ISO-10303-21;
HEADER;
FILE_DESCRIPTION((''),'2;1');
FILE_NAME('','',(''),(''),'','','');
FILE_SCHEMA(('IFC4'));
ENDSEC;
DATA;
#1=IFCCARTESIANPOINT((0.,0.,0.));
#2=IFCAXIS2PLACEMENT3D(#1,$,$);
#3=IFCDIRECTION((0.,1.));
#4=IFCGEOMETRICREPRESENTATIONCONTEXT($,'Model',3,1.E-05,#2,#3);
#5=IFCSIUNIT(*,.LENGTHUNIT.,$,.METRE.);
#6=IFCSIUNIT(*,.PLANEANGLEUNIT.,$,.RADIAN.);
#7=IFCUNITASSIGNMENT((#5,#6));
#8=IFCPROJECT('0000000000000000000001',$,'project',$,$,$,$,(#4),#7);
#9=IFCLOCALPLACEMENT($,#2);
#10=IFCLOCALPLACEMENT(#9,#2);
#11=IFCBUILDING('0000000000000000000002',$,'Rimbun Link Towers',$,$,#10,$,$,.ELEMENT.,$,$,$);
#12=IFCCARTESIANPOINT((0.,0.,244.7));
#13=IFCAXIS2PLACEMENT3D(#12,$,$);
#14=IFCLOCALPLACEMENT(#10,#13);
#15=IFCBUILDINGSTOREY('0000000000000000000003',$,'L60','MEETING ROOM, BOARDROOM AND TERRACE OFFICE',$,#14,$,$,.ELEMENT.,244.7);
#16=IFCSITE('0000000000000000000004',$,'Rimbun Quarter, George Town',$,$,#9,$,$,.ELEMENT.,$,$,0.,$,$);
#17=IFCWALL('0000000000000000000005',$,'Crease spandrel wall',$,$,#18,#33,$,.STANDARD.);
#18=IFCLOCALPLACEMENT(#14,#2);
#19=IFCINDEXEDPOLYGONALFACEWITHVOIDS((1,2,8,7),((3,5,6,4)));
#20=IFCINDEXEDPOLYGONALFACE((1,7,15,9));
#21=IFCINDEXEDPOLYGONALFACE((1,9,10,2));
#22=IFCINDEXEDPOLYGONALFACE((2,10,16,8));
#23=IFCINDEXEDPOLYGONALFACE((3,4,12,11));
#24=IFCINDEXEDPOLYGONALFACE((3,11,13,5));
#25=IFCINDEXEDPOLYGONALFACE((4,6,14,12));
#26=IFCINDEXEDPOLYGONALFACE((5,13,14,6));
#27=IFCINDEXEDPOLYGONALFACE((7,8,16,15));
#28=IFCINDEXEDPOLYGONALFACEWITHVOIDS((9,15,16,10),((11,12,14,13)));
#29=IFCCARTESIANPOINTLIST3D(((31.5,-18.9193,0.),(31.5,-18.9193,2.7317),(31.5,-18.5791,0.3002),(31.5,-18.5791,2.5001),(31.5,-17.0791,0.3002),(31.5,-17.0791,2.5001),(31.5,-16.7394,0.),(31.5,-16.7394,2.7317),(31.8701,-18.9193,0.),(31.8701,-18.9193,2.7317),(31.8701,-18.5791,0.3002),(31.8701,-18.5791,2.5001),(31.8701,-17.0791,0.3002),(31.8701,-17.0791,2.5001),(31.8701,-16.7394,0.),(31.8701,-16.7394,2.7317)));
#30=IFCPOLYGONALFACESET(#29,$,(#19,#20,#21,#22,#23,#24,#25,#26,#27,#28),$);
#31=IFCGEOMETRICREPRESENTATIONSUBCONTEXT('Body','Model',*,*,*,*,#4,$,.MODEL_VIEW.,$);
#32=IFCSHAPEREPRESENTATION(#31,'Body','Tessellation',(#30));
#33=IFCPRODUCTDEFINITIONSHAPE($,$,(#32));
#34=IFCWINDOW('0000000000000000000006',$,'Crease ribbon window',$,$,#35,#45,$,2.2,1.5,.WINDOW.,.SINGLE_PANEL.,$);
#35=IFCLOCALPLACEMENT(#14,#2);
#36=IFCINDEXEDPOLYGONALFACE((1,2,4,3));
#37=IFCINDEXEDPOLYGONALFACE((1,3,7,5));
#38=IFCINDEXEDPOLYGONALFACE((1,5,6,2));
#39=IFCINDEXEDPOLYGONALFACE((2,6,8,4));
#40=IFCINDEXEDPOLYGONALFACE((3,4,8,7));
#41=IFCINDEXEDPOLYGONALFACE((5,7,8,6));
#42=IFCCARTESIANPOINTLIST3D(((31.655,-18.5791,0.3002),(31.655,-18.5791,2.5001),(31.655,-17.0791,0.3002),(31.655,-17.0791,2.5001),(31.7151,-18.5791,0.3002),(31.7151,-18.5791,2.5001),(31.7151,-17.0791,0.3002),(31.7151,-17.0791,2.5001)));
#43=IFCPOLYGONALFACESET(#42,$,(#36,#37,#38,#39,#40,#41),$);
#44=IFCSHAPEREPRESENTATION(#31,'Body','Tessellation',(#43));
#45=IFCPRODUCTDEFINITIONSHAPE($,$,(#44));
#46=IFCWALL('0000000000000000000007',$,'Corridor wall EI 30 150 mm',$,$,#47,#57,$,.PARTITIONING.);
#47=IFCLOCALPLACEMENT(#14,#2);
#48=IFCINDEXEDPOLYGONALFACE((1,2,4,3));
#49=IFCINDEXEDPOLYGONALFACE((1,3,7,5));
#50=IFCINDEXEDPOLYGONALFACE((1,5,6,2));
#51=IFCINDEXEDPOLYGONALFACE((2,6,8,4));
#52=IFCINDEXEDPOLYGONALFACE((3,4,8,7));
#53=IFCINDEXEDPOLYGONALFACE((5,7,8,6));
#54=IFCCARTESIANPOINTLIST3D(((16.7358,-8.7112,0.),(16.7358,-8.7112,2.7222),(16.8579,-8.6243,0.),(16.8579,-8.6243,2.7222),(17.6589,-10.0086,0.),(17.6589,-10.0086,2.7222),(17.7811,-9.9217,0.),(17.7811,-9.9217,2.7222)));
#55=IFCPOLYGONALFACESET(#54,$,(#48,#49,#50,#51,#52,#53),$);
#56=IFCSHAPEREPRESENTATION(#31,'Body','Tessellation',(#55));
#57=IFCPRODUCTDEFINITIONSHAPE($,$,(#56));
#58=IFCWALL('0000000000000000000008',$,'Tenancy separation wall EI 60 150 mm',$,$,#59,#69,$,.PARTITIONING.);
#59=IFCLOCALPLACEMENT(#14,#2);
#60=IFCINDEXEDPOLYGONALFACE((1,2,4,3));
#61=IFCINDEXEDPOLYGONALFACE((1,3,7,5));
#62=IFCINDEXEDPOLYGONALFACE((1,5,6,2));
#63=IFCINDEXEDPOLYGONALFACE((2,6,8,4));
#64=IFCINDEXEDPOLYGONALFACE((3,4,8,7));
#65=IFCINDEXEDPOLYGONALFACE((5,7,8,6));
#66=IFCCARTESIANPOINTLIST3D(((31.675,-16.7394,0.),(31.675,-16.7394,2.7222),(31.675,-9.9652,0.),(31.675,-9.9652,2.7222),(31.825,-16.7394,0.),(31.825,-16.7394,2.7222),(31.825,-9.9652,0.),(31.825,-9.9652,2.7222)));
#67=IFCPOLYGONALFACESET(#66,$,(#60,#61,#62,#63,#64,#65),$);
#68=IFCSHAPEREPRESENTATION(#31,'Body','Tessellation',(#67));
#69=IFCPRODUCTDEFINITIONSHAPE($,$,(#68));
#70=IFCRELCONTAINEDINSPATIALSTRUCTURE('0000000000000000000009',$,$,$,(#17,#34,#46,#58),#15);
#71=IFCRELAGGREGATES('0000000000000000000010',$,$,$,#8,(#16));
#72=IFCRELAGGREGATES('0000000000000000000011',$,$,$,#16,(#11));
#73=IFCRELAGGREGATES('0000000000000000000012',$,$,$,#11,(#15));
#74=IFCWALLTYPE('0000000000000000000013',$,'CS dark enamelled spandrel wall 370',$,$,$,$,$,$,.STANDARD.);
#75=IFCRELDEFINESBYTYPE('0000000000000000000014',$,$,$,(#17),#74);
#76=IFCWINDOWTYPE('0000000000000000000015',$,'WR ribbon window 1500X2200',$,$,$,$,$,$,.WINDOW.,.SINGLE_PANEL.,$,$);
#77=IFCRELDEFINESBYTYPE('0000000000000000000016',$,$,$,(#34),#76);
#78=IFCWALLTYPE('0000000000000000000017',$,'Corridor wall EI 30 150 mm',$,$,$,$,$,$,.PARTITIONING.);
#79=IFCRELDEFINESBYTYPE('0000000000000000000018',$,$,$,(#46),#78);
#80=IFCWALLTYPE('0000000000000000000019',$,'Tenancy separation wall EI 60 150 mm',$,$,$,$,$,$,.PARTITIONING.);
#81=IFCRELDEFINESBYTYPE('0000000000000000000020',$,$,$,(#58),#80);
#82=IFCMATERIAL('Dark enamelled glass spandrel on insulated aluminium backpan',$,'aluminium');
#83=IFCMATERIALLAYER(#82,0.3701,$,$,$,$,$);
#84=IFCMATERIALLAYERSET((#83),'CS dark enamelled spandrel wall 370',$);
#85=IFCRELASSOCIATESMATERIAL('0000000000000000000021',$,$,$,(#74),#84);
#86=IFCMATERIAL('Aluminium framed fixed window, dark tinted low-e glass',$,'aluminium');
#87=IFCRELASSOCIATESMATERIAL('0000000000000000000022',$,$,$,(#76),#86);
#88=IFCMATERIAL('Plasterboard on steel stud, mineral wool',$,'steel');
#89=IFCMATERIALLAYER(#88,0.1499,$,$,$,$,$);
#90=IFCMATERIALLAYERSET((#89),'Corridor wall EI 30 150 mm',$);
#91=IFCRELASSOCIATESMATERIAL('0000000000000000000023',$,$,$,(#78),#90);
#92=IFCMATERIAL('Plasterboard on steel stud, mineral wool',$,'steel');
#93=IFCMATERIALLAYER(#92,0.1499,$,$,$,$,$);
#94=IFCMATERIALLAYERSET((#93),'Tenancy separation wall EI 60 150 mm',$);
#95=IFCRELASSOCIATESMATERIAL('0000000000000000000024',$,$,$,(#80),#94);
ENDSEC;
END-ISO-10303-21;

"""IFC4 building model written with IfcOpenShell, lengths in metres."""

from ifc_helpers import new_model, si_unit, direction, frame, frame_2d, origin, place, context, subcontext, project, spatial, rectangle, extrude, material, layer, layer_set, type_object, element, fill, save


model = new_model("IFC4")

# Units and contexts
model_context = context("Model", 3, precision=1e-05, world=origin(), true_north=direction((0.0, 1.0)))
body_context = subcontext(model_context, "Body", "Model", "MODEL_VIEW")
ifc_project = project(units=[si_unit("LENGTHUNIT", "METRE"), si_unit("PLANEANGLEUNIT", "RADIAN")], contexts=[model_context])

# Site, building, storey
site_placement = place(None, origin())
site = spatial("IfcSite", under=ifc_project, at=site_placement, Name="Rimbun Quarter, George Town", CompositionType="ELEMENT", RefElevation=0.0)
building_placement = place(site_placement, origin())
building = spatial("IfcBuilding", under=site, at=building_placement, Name="Rimbun Link Towers", CompositionType="ELEMENT")
storey_placement = place(building_placement, frame((0.0, 0.0, 244.7)))
storey = spatial("IfcBuildingStorey", under=building, at=storey_placement, Name="L60", Description="MEETING ROOM, BOARDROOM AND TERRACE OFFICE", CompositionType="ELEMENT", Elevation=244.7)

# Wall, opening, window
ifc_material_1 = material(Name="Dark enamelled glass spandrel on insulated aluminium backpan", Category="aluminium")
ifc_layer_1 = layer(ifc_material_1, 0.3701)
ifc_layer_set_1 = layer_set([ifc_layer_1], Name="CS dark enamelled spandrel wall 370")
wall_type_1 = type_object("IfcWallType", Name="CS dark enamelled spandrel wall 370", PredefinedType="STANDARD", material=ifc_layer_set_1)
wall_1_placement = place(storey_placement, frame((31.6851, -18.9192, 0.0), z_axis=(0.0, 0.0, 1.0), x_axis=(0.0, 1.0, 0.0)))
wall_1 = element("IfcWall", 1, at=wall_1_placement, inside=storey, type_object=wall_type_1, Name="Crease spandrel wall", PredefinedType="STANDARD", context=body_context, shape_type="SweptSolid", body=[
    extrude(rectangle(XDim=2.1799, YDim=0.3701, at=frame_2d((1.0898, 0.0))), origin(), (0.0, 0.0, 1.0), 2.7317),
])
opening_1_placement = place(wall_1_placement, frame((0.3401, 0.0, 0.3)))
opening_1 = element("IfcOpeningElement", 2, at=opening_1_placement, cuts=wall_1, PredefinedType="OPENING", context=body_context, shape_type="SweptSolid", body=[
    extrude(rectangle(XDim=1.5, YDim=2.2, at=frame_2d((0.75, 1.1001))), frame((0.0, 0.1951, 0.0), z_axis=(0.0, -1.0, 0.0), x_axis=(1.0, 0.0, 0.0)), (0.0, 0.0, 1.0), 0.3901),
])
ifc_material_2 = material(Name="Aluminium framed fixed window, dark tinted low-e glass", Category="aluminium")
window_type_1 = type_object("IfcWindowType", Name="WR ribbon window 1500X2200", PartitioningType="SINGLE_PANEL", PredefinedType="WINDOW", material=ifc_material_2)
window_1_placement = place(opening_1_placement, origin())
window_1 = element("IfcWindow", 3, at=window_1_placement, inside=storey, type_object=window_type_1, Name="Crease ribbon window", OverallHeight=2.2, OverallWidth=1.5, PartitioningType="SINGLE_PANEL", PredefinedType="WINDOW", context=body_context, shape_type="SweptSolid", body=[
    extrude(rectangle(XDim=1.5, YDim=2.2, at=frame_2d((0.75, 1.1001))), frame((0.0, 0.03, 0.0), z_axis=(0.0, -1.0, 0.0), x_axis=(1.0, 0.0, 0.0)), (0.0, 0.0, 1.0), 0.0601),
])
fill(opening_1, window_1)

# Walls
ifc_material_3 = material(Name="Plasterboard on steel stud, mineral wool", Category="steel")
ifc_layer_2 = layer(ifc_material_3, 0.1499)
ifc_layer_set_2 = layer_set([ifc_layer_2], Name="Corridor wall EI 30 150 mm")
wall_type_2 = type_object("IfcWallType", Name="Corridor wall EI 30 150 mm", PredefinedType="PARTITIONING", material=ifc_layer_set_2)
wall_2_placement = place(storey_placement, frame((16.7969, -8.6677, 0.0), z_axis=(0.0, 0.0, 1.0), x_axis=(0.579743, -0.814799, 0.0)))
element("IfcWall", 4, at=wall_2_placement, inside=storey, type_object=wall_type_2, Name="Corridor wall EI 30 150 mm", PredefinedType="PARTITIONING", context=body_context, shape_type="SweptSolid", body=[
    extrude(rectangle(XDim=1.5923, YDim=0.1499, at=frame_2d((0.7961, 0.0))), origin(), (0.0, 0.0, 1.0), 2.7222),
])
ifc_material_4 = material(Name="Plasterboard on steel stud, mineral wool", Category="steel")
ifc_layer_3 = layer(ifc_material_4, 0.1499)
ifc_layer_set_3 = layer_set([ifc_layer_3], Name="Tenancy separation wall EI 60 150 mm")
wall_type_3 = type_object("IfcWallType", Name="Tenancy separation wall EI 60 150 mm", PredefinedType="PARTITIONING", material=ifc_layer_set_3)
wall_3_placement = place(storey_placement, frame((31.75, -9.9651, 0.0), z_axis=(0.0, 0.0, 1.0), x_axis=(0.0, -1.0, 0.0)))
element("IfcWall", 5, at=wall_3_placement, inside=storey, type_object=wall_type_3, Name="Tenancy separation wall EI 60 150 mm", PredefinedType="PARTITIONING", context=body_context, shape_type="SweptSolid", body=[
    extrude(rectangle(XDim=6.7742, YDim=0.1499, at=frame_2d((3.3872, 0.0))), origin(), (0.0, 0.0, 1.0), 2.7222),
])

save(model, "model.ifc")
